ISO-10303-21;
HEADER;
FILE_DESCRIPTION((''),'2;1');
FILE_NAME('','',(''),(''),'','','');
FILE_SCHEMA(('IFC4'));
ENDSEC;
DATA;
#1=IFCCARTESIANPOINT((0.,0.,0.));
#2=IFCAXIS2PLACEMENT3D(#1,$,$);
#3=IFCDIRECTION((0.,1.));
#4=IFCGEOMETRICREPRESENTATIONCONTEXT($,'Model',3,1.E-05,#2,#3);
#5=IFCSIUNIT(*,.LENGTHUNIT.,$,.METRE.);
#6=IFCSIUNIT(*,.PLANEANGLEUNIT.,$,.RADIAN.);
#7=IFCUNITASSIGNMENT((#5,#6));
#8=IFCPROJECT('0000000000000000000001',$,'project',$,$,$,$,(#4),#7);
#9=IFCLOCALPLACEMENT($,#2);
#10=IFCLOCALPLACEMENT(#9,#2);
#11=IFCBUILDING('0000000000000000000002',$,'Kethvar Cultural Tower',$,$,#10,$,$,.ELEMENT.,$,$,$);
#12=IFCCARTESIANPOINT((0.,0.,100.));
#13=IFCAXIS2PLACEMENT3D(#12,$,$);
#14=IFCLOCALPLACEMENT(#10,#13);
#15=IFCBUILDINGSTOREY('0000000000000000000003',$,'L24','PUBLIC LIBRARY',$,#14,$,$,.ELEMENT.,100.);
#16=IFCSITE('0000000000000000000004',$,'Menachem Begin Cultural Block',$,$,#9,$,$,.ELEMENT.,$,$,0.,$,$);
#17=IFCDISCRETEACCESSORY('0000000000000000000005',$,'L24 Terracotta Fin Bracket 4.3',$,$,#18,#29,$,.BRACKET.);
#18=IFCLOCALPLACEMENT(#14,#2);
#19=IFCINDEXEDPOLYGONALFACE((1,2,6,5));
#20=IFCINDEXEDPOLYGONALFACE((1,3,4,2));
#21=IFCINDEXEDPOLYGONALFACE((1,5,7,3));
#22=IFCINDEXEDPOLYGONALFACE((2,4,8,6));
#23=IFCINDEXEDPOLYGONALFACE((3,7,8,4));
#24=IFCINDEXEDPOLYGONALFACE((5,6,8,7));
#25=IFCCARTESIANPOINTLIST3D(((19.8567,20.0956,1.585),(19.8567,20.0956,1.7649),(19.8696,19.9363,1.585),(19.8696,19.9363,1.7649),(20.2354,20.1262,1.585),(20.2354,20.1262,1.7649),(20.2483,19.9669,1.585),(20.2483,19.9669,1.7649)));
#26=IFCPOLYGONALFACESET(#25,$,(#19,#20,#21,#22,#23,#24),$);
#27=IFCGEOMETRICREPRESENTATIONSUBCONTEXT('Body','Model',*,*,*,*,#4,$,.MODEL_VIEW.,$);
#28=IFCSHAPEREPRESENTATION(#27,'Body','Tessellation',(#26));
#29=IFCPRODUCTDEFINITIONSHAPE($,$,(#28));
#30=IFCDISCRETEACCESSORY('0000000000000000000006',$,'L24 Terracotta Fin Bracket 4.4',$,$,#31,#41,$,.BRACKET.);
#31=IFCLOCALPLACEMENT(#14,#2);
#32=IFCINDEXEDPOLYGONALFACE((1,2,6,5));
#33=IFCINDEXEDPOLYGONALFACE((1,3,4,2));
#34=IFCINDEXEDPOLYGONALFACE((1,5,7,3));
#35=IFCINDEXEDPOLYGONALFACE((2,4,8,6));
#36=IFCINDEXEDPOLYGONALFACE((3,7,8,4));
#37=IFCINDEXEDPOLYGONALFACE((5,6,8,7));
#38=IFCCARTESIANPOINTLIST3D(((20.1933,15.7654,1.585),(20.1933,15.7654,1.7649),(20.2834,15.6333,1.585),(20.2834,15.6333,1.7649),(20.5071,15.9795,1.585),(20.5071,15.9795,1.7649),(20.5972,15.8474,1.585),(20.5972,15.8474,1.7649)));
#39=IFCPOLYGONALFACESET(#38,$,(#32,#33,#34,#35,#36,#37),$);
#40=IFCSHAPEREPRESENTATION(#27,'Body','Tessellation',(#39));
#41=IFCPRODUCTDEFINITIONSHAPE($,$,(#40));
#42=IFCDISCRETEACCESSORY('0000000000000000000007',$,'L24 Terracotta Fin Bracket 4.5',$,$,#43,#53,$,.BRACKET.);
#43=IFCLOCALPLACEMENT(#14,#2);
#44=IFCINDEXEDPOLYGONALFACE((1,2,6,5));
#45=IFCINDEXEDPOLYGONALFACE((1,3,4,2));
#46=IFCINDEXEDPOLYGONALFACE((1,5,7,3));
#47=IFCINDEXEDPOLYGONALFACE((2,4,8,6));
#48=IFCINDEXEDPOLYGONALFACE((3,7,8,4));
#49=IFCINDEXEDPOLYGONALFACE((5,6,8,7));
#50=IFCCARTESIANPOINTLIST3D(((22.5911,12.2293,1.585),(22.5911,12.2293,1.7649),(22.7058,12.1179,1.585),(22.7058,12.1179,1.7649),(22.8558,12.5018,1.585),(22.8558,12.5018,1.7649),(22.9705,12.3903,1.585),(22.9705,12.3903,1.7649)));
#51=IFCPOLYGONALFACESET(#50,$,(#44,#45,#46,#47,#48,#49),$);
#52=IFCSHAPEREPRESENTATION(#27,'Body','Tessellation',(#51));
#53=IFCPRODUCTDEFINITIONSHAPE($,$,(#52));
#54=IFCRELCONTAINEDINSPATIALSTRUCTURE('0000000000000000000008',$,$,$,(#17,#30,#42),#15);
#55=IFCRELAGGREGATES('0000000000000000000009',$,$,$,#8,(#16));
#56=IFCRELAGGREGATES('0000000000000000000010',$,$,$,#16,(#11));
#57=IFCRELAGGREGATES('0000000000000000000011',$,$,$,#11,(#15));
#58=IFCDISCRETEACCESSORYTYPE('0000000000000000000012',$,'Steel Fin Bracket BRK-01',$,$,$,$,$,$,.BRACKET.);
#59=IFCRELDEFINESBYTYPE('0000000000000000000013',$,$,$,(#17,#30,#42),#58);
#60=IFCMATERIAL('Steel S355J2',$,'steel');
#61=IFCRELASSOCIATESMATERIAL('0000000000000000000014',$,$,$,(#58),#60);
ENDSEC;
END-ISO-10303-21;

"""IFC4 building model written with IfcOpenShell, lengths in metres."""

from ifc_helpers import new_model, si_unit, direction, frame, origin, origin_2d, place, context, subcontext, project, spatial, rectangle, extrude, source, transform, mapped, material, type_object, element, save


model = new_model("IFC4")

# Units and contexts
model_context = context("Model", 3, precision=1e-05, world=origin(), true_north=direction((0.0, 1.0)))
body_context = subcontext(model_context, "Body", "Model", "MODEL_VIEW")
ifc_project = project(units=[si_unit("LENGTHUNIT", "METRE"), si_unit("PLANEANGLEUNIT", "RADIAN")], contexts=[model_context])

# Site, building, storey
site_placement = place(None, origin())
site = spatial("IfcSite", under=ifc_project, at=site_placement, Name="Menachem Begin Cultural Block", CompositionType="ELEMENT", RefElevation=0.0)
building_placement = place(site_placement, origin())
building = spatial("IfcBuilding", under=site, at=building_placement, Name="Kethvar Cultural Tower", CompositionType="ELEMENT")
storey_placement = place(building_placement, frame((0.0, 0.0, 100.0)))
storey = spatial("IfcBuildingStorey", under=building, at=storey_placement, Name="L24", Description="PUBLIC LIBRARY", CompositionType="ELEMENT", Elevation=100.0)

# Shared definitions
ifc_material_1 = material(Name="Steel S355J2", Category="steel")

# Discrete accessories
discrete_accessory_type = type_object("IfcDiscreteAccessoryType", Name="Steel Fin Bracket BRK-01", PredefinedType="BRACKET", material=ifc_material_1)
shared_shape_1 = source(origin(), body_context, "Body", "SweptSolid", [
    extrude(rectangle(XDim=0.3799, YDim=0.1599, at=origin_2d()), origin(), (0.0, 0.0, 1.0), 0.1799),
])
for number, where, z_axis, x_axis, name in (
    (1, (20.0525, 20.0312, 1.585), (0.0, 0.0, 1.0), (-0.996751, -0.080547, 0.0), "L24 Terracotta Fin Bracket 4.3"),
    (2, (20.3953, 15.8064, 1.585), (0.0, 0.0, 1.0), (-0.826098, -0.563526, 0.0), "L24 Terracotta Fin Bracket 4.4"),
    (3, (22.7808, 12.3098, 1.585), (0.0, 0.0, 1.0), (-0.69679, -0.717276, 0.0), "L24 Terracotta Fin Bracket 4.5"),
):
    element("IfcDiscreteAccessory", number, at=place(storey_placement, frame(where, z_axis=z_axis, x_axis=x_axis)), inside=storey, type_object=discrete_accessory_type, Name=name, PredefinedType="BRACKET", context=body_context, shape_type="MappedRepresentation", body=[
        mapped(shared_shape_1, transform((0.0, 0.0, 0.0), scale=1.0)),
    ])

save(model, "model.ifc")
